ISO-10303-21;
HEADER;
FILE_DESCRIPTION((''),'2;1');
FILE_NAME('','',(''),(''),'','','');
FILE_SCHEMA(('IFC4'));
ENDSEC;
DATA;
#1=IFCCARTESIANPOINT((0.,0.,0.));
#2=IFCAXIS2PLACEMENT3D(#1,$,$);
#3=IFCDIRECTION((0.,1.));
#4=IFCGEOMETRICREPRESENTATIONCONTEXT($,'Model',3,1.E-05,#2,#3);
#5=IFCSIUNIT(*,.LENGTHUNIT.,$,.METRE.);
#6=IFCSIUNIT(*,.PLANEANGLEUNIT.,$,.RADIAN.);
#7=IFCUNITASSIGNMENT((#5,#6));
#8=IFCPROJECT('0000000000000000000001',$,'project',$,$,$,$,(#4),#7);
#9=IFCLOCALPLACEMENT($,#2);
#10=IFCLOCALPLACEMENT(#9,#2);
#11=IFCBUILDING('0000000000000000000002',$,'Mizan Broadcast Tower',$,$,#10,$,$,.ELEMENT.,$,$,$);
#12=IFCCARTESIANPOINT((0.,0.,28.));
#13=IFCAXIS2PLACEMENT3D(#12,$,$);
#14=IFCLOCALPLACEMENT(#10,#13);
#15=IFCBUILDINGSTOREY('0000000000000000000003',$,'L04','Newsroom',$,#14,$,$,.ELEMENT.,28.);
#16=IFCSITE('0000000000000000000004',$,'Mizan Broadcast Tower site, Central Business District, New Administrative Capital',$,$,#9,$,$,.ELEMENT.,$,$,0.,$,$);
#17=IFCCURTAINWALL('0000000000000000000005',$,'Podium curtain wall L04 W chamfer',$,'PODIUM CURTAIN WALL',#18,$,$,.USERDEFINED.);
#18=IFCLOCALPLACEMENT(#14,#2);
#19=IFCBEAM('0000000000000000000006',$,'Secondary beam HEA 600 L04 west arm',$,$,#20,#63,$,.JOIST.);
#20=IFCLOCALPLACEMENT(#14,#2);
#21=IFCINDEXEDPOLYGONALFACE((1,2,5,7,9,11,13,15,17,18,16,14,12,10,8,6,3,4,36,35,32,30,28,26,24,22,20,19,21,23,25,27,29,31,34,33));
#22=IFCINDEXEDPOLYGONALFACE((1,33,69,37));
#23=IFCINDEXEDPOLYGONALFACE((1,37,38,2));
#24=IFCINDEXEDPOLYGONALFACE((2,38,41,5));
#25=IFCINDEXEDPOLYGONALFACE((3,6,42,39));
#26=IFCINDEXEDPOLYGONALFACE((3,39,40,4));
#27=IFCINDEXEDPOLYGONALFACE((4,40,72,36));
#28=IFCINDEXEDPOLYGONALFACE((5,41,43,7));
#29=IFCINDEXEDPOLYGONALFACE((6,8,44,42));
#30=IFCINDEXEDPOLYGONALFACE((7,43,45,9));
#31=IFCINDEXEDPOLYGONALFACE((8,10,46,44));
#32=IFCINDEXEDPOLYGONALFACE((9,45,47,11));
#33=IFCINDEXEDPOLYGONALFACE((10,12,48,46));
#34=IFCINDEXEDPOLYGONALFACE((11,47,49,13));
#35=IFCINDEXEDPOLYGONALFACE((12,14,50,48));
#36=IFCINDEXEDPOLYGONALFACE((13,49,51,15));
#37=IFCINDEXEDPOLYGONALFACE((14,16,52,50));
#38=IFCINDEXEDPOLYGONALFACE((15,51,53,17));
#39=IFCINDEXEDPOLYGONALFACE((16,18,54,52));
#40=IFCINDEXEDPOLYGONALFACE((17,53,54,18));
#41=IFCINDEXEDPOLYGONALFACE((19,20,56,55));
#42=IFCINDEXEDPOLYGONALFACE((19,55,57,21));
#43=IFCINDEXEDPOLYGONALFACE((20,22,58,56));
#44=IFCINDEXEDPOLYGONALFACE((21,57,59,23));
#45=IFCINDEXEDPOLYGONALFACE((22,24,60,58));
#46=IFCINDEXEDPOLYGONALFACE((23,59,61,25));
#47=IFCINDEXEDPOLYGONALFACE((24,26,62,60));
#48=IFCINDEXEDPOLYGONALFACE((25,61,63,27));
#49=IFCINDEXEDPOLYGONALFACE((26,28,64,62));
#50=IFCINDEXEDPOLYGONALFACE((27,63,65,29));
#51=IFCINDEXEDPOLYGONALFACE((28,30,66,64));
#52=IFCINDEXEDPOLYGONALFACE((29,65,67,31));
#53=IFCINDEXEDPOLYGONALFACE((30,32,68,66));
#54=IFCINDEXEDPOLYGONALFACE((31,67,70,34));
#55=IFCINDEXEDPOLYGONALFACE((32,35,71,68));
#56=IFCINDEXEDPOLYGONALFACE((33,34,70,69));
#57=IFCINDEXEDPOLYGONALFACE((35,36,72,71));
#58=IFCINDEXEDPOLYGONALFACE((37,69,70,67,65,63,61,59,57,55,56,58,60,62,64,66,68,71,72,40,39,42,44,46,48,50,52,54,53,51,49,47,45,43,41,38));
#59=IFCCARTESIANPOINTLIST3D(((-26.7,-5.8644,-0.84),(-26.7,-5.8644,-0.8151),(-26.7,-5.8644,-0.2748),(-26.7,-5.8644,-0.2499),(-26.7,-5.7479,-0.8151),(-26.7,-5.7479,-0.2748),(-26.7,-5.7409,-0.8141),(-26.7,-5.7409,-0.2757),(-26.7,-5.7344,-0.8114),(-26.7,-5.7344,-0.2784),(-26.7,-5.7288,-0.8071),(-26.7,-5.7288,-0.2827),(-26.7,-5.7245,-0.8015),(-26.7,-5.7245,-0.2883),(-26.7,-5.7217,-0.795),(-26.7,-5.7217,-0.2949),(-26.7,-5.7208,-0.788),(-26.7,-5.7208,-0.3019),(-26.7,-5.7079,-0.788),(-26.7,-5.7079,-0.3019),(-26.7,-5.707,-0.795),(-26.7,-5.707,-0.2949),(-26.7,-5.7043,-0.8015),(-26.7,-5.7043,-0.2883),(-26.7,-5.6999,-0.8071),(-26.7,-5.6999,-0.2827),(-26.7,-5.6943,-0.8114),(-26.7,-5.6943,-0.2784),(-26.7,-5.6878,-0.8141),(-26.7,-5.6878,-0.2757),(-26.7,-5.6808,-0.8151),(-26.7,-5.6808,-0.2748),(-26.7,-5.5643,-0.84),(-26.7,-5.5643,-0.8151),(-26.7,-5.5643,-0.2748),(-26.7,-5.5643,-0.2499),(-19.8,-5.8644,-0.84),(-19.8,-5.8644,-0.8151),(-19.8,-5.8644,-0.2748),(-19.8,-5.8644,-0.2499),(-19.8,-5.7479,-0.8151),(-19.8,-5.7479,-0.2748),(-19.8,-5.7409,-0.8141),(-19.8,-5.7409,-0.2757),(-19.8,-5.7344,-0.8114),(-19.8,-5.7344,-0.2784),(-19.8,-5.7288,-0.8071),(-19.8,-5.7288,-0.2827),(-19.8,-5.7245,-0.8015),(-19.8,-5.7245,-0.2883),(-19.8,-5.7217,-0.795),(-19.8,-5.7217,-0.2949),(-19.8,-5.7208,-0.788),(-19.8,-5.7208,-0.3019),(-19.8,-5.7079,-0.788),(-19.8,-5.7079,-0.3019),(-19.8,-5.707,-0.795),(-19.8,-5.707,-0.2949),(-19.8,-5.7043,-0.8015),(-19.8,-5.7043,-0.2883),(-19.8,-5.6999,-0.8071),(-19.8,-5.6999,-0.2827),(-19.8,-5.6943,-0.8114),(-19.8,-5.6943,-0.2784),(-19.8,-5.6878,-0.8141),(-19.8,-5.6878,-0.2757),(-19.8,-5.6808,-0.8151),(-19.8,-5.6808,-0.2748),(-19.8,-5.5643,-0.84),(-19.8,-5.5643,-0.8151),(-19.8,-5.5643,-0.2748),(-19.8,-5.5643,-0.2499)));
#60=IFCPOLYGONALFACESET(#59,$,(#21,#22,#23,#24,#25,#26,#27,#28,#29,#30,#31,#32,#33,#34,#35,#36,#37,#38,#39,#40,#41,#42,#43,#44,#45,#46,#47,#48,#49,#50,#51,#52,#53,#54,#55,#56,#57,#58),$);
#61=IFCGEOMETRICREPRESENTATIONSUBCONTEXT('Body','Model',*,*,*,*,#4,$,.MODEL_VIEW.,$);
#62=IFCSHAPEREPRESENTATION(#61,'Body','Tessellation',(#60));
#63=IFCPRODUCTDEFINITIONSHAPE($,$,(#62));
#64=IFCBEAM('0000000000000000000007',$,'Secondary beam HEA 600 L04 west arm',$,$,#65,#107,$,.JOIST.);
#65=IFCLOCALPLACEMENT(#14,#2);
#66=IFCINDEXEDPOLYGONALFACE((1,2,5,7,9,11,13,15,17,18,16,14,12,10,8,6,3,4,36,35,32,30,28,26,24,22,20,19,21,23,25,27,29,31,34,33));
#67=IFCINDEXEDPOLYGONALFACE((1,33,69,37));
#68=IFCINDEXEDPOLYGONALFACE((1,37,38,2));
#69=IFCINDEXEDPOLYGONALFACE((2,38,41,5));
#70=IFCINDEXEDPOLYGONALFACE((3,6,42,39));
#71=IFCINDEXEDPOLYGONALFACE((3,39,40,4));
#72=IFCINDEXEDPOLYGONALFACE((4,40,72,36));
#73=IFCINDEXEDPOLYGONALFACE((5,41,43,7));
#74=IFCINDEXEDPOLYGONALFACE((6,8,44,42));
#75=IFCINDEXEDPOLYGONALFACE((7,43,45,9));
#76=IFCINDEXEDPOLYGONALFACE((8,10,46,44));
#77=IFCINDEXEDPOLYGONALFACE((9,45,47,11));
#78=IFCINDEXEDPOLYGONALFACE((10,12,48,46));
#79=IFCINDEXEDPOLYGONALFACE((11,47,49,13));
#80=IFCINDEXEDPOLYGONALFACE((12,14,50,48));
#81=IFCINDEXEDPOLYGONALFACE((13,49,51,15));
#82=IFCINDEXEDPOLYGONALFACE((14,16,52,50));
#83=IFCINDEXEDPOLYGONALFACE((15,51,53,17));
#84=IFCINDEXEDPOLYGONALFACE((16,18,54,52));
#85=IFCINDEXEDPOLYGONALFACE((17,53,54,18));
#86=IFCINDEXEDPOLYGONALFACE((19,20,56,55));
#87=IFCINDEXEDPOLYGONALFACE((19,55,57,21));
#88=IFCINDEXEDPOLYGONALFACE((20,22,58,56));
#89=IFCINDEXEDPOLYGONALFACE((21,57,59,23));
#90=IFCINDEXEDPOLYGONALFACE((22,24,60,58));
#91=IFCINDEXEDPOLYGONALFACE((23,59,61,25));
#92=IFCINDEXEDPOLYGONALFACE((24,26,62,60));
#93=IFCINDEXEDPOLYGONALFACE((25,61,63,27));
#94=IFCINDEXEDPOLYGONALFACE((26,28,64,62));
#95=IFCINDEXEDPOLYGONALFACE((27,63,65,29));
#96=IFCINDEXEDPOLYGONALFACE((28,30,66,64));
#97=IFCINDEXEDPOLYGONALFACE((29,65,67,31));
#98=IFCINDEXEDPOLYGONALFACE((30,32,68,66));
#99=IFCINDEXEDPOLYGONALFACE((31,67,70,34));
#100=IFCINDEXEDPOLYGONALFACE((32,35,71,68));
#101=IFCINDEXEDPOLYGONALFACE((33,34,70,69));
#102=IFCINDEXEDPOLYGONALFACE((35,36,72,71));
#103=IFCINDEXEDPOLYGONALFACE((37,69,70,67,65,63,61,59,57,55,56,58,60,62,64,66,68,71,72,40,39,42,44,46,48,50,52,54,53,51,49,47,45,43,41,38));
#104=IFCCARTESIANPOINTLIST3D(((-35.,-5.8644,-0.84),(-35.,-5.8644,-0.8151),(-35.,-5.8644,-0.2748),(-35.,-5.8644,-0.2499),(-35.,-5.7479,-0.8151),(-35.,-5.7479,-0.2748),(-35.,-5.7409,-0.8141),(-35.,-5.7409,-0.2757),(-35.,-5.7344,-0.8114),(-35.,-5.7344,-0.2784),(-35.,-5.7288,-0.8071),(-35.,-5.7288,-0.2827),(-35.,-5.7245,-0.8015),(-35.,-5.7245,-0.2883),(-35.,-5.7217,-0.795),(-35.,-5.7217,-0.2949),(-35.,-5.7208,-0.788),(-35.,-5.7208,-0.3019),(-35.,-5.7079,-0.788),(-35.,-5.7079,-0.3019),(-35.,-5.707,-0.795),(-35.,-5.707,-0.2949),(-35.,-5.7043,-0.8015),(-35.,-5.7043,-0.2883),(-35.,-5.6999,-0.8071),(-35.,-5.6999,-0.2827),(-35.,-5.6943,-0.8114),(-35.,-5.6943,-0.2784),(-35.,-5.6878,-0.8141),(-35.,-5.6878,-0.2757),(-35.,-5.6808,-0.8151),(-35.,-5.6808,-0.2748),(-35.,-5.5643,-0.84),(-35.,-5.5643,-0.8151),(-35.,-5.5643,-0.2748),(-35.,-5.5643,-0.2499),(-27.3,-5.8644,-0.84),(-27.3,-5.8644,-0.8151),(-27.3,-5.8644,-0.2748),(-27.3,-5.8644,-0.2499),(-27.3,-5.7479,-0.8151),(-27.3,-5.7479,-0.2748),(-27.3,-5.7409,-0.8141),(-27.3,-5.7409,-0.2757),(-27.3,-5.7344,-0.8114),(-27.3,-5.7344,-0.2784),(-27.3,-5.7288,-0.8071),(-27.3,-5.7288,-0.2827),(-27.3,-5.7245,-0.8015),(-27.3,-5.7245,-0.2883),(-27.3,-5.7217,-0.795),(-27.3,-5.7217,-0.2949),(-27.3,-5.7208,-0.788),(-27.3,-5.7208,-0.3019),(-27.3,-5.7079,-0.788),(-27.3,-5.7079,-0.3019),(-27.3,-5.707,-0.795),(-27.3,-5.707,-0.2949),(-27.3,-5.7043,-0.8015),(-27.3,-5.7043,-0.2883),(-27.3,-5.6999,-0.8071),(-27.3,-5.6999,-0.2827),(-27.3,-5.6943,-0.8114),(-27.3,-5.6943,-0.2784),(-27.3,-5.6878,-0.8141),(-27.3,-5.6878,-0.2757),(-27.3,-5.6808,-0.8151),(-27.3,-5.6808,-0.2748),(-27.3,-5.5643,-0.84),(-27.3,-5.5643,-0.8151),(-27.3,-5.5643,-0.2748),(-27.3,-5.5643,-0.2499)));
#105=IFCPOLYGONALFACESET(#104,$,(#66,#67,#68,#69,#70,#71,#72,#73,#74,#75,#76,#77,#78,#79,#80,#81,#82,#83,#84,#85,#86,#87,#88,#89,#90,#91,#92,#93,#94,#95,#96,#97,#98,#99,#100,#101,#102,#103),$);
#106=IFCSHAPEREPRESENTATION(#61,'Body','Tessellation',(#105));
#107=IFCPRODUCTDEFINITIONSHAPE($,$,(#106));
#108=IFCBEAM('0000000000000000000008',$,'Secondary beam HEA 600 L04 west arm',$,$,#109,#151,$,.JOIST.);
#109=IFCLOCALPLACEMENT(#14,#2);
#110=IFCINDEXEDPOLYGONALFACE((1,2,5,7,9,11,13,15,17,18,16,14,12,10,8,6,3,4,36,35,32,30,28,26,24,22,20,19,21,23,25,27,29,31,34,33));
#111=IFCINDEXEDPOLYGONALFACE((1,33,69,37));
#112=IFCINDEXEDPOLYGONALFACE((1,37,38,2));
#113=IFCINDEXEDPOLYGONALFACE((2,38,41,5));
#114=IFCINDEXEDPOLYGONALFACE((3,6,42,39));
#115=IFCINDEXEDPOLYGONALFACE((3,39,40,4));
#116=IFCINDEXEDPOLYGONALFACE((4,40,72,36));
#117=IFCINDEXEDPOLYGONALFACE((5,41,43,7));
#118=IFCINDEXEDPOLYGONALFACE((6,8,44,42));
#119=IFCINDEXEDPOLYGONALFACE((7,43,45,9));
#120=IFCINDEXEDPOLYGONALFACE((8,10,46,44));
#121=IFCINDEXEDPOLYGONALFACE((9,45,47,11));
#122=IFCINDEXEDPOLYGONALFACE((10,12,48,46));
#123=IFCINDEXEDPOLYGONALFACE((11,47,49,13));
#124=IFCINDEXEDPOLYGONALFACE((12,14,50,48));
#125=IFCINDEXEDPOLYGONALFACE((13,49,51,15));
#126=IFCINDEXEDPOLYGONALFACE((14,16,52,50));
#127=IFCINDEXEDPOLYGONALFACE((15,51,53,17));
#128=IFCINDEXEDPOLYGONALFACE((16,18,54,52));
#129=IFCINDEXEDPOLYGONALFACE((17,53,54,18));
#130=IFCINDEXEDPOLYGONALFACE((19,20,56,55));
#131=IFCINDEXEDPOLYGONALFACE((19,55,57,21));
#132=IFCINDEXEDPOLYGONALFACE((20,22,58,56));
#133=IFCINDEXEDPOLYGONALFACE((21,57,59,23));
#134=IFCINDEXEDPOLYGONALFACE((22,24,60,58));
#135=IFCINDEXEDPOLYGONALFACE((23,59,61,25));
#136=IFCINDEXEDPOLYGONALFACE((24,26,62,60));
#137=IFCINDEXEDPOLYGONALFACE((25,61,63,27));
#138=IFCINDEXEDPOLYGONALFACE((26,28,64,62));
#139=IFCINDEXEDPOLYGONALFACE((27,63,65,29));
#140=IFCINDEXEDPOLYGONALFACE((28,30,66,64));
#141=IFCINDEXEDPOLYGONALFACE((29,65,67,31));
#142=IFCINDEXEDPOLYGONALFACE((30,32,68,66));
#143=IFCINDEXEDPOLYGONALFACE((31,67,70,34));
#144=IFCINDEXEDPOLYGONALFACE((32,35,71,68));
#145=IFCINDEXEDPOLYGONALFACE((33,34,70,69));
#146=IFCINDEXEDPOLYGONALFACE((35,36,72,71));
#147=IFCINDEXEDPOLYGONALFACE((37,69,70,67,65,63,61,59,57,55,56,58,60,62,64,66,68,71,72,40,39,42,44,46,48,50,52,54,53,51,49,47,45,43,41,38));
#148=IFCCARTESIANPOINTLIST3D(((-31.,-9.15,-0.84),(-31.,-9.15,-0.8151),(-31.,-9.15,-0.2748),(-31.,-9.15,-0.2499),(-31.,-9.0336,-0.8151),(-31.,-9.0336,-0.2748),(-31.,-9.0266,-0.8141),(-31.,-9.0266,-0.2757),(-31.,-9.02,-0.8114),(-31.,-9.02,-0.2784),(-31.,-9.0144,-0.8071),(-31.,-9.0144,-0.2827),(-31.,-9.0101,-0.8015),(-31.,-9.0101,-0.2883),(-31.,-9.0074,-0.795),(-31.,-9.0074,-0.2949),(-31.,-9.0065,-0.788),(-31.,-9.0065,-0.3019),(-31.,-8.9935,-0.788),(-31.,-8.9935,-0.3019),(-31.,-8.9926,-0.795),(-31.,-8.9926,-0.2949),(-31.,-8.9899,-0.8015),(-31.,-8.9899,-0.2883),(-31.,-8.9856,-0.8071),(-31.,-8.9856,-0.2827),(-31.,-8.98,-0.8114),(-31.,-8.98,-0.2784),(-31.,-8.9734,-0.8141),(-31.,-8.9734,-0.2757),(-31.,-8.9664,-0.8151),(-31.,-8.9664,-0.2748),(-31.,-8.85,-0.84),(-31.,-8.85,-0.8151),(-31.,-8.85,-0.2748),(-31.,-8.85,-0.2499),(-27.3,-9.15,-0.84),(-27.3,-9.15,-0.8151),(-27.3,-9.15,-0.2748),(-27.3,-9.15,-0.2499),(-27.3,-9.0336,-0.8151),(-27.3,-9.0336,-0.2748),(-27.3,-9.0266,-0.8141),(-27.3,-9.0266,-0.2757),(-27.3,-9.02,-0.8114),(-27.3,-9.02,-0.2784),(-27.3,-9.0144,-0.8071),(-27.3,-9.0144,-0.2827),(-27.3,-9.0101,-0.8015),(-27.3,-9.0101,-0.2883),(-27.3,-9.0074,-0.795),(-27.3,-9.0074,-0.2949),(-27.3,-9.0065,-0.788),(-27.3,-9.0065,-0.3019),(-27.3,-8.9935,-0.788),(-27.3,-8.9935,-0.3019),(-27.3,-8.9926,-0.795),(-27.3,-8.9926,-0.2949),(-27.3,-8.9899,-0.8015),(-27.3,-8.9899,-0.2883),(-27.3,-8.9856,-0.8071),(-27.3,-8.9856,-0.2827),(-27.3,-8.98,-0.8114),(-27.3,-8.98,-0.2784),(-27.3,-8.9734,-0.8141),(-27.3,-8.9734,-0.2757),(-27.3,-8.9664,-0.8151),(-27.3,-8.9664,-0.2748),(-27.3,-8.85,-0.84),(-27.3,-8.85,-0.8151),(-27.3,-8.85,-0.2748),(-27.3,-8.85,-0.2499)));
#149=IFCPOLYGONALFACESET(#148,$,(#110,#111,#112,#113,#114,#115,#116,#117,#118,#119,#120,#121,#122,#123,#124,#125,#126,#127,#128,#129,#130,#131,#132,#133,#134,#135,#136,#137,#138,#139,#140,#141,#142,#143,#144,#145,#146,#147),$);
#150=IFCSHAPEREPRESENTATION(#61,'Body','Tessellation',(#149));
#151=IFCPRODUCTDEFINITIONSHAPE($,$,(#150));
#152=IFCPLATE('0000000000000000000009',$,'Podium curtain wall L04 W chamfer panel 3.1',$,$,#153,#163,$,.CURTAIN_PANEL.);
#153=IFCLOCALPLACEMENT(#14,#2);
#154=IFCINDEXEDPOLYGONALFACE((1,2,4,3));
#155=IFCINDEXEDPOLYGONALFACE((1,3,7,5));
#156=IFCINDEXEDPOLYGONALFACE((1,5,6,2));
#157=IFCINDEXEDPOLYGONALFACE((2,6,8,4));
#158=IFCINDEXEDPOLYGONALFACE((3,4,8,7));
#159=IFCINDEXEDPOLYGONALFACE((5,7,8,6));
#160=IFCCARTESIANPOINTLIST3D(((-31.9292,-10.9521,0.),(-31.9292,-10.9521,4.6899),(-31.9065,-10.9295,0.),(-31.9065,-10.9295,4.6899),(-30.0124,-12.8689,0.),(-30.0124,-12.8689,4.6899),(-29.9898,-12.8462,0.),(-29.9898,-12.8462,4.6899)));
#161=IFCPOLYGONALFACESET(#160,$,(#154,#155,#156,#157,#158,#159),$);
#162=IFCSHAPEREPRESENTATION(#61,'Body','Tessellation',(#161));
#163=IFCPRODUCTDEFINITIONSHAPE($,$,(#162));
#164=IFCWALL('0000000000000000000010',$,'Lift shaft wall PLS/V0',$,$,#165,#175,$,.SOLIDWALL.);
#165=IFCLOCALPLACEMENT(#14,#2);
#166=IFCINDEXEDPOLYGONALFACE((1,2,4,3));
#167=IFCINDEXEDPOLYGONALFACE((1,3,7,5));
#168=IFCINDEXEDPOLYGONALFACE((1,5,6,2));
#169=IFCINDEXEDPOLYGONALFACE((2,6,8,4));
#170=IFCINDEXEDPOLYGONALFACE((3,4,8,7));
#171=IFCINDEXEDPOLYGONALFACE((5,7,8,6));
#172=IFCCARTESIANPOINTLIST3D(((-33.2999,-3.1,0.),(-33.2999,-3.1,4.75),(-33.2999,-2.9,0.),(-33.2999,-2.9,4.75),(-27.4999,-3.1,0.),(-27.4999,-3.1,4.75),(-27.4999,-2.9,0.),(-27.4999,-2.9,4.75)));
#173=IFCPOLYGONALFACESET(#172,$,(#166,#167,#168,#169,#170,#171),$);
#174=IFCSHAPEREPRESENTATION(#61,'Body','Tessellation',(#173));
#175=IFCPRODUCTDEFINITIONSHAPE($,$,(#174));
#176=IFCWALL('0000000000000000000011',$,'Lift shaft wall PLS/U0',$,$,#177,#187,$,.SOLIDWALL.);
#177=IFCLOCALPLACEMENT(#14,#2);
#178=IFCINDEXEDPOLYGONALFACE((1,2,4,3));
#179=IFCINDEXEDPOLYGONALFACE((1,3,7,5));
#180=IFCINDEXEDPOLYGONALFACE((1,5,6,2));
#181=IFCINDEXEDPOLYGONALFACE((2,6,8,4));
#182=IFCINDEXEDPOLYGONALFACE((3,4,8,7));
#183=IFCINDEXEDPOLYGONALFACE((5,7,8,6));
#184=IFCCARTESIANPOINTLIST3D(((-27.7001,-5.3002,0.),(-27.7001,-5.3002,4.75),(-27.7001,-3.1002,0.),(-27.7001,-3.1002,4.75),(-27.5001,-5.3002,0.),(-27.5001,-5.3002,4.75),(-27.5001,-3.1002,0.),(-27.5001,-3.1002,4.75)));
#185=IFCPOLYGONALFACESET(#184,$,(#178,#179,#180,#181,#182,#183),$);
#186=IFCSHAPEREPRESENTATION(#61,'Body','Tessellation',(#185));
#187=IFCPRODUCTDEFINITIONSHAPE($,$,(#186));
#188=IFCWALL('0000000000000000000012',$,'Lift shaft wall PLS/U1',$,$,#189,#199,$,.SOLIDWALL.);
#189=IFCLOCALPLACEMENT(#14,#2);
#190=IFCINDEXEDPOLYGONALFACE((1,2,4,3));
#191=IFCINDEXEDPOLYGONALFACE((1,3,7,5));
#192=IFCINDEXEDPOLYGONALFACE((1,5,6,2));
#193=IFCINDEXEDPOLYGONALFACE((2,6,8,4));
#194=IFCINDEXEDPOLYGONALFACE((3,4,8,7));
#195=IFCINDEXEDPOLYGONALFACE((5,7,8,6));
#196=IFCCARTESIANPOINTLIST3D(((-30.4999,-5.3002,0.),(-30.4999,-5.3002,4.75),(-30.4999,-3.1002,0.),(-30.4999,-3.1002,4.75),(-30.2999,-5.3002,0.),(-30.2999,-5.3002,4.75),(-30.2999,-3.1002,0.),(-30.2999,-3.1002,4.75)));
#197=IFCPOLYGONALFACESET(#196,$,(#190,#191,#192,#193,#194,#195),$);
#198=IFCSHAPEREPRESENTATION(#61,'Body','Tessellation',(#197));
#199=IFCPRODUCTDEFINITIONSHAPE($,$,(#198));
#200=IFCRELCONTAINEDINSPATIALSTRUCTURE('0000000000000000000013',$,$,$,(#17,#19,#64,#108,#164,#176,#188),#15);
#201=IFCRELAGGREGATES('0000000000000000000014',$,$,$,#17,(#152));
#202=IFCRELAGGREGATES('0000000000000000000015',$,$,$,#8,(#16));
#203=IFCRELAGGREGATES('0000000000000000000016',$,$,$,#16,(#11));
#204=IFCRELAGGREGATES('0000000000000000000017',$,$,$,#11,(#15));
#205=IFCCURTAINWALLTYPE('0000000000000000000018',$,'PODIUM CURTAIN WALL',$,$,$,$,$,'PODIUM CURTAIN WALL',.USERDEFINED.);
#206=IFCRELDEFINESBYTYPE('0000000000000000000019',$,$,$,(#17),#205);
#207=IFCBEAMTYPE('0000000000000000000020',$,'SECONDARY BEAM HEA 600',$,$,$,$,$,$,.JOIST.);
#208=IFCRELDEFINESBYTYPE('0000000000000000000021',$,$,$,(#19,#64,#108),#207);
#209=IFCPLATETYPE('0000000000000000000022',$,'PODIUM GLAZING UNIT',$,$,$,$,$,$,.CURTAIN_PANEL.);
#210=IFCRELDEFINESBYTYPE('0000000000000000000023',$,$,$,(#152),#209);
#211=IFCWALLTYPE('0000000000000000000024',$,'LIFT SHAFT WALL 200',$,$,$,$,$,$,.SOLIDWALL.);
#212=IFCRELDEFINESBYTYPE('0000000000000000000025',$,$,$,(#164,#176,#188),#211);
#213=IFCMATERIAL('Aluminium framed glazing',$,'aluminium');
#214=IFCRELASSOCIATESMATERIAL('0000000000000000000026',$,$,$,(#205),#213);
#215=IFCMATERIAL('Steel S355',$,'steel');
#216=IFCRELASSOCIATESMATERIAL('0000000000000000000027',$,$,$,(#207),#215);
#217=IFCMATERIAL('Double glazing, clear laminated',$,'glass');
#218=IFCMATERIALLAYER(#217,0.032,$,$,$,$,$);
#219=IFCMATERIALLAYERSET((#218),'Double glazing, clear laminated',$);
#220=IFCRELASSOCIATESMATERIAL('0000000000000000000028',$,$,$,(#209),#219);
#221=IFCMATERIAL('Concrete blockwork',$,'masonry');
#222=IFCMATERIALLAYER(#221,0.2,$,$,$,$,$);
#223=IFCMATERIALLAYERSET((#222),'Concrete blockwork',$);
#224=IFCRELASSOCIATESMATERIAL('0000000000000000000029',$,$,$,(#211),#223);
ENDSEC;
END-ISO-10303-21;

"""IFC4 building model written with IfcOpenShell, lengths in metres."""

from ifc_helpers import new_model, si_unit, direction, frame, frame_2d, origin, origin_2d, place, context, subcontext, project, spatial, rectangle, i_section, extrude, material, layer, layer_set, material_profile, profile_set, type_object, element, aggregate, save


model = new_model("IFC4")

# Units and contexts
model_context = context("Model", 3, precision=1e-05, world=origin(), true_north=direction((0.0, 1.0)))
body_context = subcontext(model_context, "Body", "Model", "MODEL_VIEW")
ifc_project = project(units=[si_unit("LENGTHUNIT", "METRE"), si_unit("PLANEANGLEUNIT", "RADIAN")], contexts=[model_context])

# Site, building, storey
site_placement = place(None, origin())
site = spatial("IfcSite", under=ifc_project, at=site_placement, Name="Mizan Broadcast Tower site, Central Business District, New Administrative Capital", CompositionType="ELEMENT", RefElevation=0.0)
building_placement = place(site_placement, origin())
building = spatial("IfcBuilding", under=site, at=building_placement, Name="Mizan Broadcast Tower", CompositionType="ELEMENT")
storey_placement = place(building_placement, frame((0.0, 0.0, 28.0)))
storey = spatial("IfcBuildingStorey", under=building, at=storey_placement, Name="L04", Description="Newsroom", CompositionType="ELEMENT", Elevation=28.0)

# Curtain wall
ifc_material_1 = material(Name="Aluminium framed glazing", Category="aluminium")
curtain_wall_type = type_object("IfcCurtainWallType", Name="PODIUM CURTAIN WALL", ElementType="PODIUM CURTAIN WALL", PredefinedType="USERDEFINED", material=ifc_material_1)
curtain_wall_placement = place(storey_placement, origin())
curtain_wall = element("IfcCurtainWall", 1, at=curtain_wall_placement, inside=storey, type_object=curtain_wall_type, Name="Podium curtain wall L04 W chamfer", ObjectType="PODIUM CURTAIN WALL", PredefinedType="USERDEFINED")

# Beams
ifc_material_2 = material(Name="Steel S355", Category="steel")
ifc_material_profile_1 = material_profile(ifc_material_2, i_section(OverallWidth=0.3, OverallDepth=0.5901, WebThickness=0.0129, FlangeThickness=0.0249, FilletRadius=0.0271, at=origin_2d()), Name="HEA 600")
ifc_profile_set_1 = profile_set([ifc_material_profile_1], Name="Steel S355")
beam_type_1 = type_object("IfcBeamType", Name="SECONDARY BEAM HEA 600", PredefinedType="JOIST", material=ifc_profile_set_1)
beam_1_placement = place(storey_placement, frame((-19.8, -5.7144, -0.5449), z_axis=(-1.0, 0.0, 0.0), x_axis=(0.0, -1.0, 0.0)))
element("IfcBeam", 2, at=beam_1_placement, inside=storey, type_object=beam_type_1, Name="Secondary beam HEA 600 L04 west arm", PredefinedType="JOIST", context=body_context, shape_type="SweptSolid", body=[
    extrude(i_section(OverallWidth=0.3, OverallDepth=0.5901, WebThickness=0.0129, FlangeThickness=0.0249, FilletRadius=0.0271, at=origin_2d()), origin(), (0.0, 0.0, 1.0), 6.8999),
])
beam_2_placement = place(storey_placement, frame((-27.3, -5.7144, -0.5449), z_axis=(-1.0, 0.0, 0.0), x_axis=(0.0, -1.0, 0.0)))
element("IfcBeam", 3, at=beam_2_placement, inside=storey, type_object=beam_type_1, Name="Secondary beam HEA 600 L04 west arm", PredefinedType="JOIST", context=body_context, shape_type="SweptSolid", body=[
    extrude(i_section(OverallWidth=0.3, OverallDepth=0.5901, WebThickness=0.0129, FlangeThickness=0.0249, FilletRadius=0.0271, at=origin_2d()), origin(), (0.0, 0.0, 1.0), 7.7),
])
beam_3_placement = place(storey_placement, frame((-27.3, -9.0, -0.5449), z_axis=(-1.0, 0.0, 0.0), x_axis=(0.0, -1.0, 0.0)))
element("IfcBeam", 4, at=beam_3_placement, inside=storey, type_object=beam_type_1, Name="Secondary beam HEA 600 L04 west arm", PredefinedType="JOIST", context=body_context, shape_type="SweptSolid", body=[
    extrude(i_section(OverallWidth=0.3, OverallDepth=0.5901, WebThickness=0.0129, FlangeThickness=0.0249, FilletRadius=0.0271, at=origin_2d()), origin(), (0.0, 0.0, 1.0), 3.7),
])

# Plate
ifc_material_3 = material(Name="Double glazing, clear laminated", Category="glass")
ifc_layer_1 = layer(ifc_material_3, 0.032)
ifc_layer_set_1 = layer_set([ifc_layer_1], Name="Double glazing, clear laminated")
plate_type = type_object("IfcPlateType", Name="PODIUM GLAZING UNIT", PredefinedType="CURTAIN_PANEL", material=ifc_layer_set_1)
plate_placement = place(storey_placement, frame((-30.9595, -11.8992, 0.0), z_axis=(0.0, 0.0, 1.0), x_axis=(0.707107, -0.707107, 0.0)))
plate = element("IfcPlate", 5, at=plate_placement, type_object=plate_type, Name="Podium curtain wall L04 W chamfer panel 3.1", PredefinedType="CURTAIN_PANEL", context=body_context, shape_type="SweptSolid", body=[
    extrude(rectangle(XDim=2.7107, YDim=0.032, at=origin_2d()), origin(), (0.0, 0.0, 1.0), 4.6899),
])
aggregate(curtain_wall, [plate])

# Walls
ifc_material_4 = material(Name="Concrete blockwork", Category="masonry")
ifc_layer_2 = layer(ifc_material_4, 0.2)
ifc_layer_set_2 = layer_set([ifc_layer_2], Name="Concrete blockwork")
wall_type_1 = type_object("IfcWallType", Name="LIFT SHAFT WALL 200", PredefinedType="SOLIDWALL", material=ifc_layer_set_2)
wall_1_placement = place(storey_placement, frame((-27.5, -3.0, 0.0), z_axis=(0.0, 0.0, 1.0), x_axis=(-1.0, 0.0, 0.0)))
element("IfcWall", 6, at=wall_1_placement, inside=storey, type_object=wall_type_1, Name="Lift shaft wall PLS/V0", PredefinedType="SOLIDWALL", context=body_context, shape_type="SweptSolid", body=[
    extrude(rectangle(XDim=5.8, YDim=0.2, at=frame_2d((2.8999, 0.0))), origin(), (0.0, 0.0, 1.0), 4.75),
])
for number, where, z_axis, x_axis, name in (
    (7, (-27.6001, -3.1001, 0.0), (0.0, 0.0, 1.0), (0.0, -1.0, 0.0), "Lift shaft wall PLS/U0"),
    (8, (-30.3999, -3.1001, 0.0), (0.0, 0.0, 1.0), (0.0, -1.0, 0.0), "Lift shaft wall PLS/U1"),
):
    element("IfcWall", number, at=place(storey_placement, frame(where, z_axis=z_axis, x_axis=x_axis)), inside=storey, type_object=wall_type_1, Name=name, PredefinedType="SOLIDWALL", context=body_context, shape_type="SweptSolid", body=[
        extrude(rectangle(XDim=2.2, YDim=0.2, at=frame_2d((1.1001, 0.0))), origin(), (0.0, 0.0, 1.0), 4.75),
    ])

save(model, "model.ifc")
